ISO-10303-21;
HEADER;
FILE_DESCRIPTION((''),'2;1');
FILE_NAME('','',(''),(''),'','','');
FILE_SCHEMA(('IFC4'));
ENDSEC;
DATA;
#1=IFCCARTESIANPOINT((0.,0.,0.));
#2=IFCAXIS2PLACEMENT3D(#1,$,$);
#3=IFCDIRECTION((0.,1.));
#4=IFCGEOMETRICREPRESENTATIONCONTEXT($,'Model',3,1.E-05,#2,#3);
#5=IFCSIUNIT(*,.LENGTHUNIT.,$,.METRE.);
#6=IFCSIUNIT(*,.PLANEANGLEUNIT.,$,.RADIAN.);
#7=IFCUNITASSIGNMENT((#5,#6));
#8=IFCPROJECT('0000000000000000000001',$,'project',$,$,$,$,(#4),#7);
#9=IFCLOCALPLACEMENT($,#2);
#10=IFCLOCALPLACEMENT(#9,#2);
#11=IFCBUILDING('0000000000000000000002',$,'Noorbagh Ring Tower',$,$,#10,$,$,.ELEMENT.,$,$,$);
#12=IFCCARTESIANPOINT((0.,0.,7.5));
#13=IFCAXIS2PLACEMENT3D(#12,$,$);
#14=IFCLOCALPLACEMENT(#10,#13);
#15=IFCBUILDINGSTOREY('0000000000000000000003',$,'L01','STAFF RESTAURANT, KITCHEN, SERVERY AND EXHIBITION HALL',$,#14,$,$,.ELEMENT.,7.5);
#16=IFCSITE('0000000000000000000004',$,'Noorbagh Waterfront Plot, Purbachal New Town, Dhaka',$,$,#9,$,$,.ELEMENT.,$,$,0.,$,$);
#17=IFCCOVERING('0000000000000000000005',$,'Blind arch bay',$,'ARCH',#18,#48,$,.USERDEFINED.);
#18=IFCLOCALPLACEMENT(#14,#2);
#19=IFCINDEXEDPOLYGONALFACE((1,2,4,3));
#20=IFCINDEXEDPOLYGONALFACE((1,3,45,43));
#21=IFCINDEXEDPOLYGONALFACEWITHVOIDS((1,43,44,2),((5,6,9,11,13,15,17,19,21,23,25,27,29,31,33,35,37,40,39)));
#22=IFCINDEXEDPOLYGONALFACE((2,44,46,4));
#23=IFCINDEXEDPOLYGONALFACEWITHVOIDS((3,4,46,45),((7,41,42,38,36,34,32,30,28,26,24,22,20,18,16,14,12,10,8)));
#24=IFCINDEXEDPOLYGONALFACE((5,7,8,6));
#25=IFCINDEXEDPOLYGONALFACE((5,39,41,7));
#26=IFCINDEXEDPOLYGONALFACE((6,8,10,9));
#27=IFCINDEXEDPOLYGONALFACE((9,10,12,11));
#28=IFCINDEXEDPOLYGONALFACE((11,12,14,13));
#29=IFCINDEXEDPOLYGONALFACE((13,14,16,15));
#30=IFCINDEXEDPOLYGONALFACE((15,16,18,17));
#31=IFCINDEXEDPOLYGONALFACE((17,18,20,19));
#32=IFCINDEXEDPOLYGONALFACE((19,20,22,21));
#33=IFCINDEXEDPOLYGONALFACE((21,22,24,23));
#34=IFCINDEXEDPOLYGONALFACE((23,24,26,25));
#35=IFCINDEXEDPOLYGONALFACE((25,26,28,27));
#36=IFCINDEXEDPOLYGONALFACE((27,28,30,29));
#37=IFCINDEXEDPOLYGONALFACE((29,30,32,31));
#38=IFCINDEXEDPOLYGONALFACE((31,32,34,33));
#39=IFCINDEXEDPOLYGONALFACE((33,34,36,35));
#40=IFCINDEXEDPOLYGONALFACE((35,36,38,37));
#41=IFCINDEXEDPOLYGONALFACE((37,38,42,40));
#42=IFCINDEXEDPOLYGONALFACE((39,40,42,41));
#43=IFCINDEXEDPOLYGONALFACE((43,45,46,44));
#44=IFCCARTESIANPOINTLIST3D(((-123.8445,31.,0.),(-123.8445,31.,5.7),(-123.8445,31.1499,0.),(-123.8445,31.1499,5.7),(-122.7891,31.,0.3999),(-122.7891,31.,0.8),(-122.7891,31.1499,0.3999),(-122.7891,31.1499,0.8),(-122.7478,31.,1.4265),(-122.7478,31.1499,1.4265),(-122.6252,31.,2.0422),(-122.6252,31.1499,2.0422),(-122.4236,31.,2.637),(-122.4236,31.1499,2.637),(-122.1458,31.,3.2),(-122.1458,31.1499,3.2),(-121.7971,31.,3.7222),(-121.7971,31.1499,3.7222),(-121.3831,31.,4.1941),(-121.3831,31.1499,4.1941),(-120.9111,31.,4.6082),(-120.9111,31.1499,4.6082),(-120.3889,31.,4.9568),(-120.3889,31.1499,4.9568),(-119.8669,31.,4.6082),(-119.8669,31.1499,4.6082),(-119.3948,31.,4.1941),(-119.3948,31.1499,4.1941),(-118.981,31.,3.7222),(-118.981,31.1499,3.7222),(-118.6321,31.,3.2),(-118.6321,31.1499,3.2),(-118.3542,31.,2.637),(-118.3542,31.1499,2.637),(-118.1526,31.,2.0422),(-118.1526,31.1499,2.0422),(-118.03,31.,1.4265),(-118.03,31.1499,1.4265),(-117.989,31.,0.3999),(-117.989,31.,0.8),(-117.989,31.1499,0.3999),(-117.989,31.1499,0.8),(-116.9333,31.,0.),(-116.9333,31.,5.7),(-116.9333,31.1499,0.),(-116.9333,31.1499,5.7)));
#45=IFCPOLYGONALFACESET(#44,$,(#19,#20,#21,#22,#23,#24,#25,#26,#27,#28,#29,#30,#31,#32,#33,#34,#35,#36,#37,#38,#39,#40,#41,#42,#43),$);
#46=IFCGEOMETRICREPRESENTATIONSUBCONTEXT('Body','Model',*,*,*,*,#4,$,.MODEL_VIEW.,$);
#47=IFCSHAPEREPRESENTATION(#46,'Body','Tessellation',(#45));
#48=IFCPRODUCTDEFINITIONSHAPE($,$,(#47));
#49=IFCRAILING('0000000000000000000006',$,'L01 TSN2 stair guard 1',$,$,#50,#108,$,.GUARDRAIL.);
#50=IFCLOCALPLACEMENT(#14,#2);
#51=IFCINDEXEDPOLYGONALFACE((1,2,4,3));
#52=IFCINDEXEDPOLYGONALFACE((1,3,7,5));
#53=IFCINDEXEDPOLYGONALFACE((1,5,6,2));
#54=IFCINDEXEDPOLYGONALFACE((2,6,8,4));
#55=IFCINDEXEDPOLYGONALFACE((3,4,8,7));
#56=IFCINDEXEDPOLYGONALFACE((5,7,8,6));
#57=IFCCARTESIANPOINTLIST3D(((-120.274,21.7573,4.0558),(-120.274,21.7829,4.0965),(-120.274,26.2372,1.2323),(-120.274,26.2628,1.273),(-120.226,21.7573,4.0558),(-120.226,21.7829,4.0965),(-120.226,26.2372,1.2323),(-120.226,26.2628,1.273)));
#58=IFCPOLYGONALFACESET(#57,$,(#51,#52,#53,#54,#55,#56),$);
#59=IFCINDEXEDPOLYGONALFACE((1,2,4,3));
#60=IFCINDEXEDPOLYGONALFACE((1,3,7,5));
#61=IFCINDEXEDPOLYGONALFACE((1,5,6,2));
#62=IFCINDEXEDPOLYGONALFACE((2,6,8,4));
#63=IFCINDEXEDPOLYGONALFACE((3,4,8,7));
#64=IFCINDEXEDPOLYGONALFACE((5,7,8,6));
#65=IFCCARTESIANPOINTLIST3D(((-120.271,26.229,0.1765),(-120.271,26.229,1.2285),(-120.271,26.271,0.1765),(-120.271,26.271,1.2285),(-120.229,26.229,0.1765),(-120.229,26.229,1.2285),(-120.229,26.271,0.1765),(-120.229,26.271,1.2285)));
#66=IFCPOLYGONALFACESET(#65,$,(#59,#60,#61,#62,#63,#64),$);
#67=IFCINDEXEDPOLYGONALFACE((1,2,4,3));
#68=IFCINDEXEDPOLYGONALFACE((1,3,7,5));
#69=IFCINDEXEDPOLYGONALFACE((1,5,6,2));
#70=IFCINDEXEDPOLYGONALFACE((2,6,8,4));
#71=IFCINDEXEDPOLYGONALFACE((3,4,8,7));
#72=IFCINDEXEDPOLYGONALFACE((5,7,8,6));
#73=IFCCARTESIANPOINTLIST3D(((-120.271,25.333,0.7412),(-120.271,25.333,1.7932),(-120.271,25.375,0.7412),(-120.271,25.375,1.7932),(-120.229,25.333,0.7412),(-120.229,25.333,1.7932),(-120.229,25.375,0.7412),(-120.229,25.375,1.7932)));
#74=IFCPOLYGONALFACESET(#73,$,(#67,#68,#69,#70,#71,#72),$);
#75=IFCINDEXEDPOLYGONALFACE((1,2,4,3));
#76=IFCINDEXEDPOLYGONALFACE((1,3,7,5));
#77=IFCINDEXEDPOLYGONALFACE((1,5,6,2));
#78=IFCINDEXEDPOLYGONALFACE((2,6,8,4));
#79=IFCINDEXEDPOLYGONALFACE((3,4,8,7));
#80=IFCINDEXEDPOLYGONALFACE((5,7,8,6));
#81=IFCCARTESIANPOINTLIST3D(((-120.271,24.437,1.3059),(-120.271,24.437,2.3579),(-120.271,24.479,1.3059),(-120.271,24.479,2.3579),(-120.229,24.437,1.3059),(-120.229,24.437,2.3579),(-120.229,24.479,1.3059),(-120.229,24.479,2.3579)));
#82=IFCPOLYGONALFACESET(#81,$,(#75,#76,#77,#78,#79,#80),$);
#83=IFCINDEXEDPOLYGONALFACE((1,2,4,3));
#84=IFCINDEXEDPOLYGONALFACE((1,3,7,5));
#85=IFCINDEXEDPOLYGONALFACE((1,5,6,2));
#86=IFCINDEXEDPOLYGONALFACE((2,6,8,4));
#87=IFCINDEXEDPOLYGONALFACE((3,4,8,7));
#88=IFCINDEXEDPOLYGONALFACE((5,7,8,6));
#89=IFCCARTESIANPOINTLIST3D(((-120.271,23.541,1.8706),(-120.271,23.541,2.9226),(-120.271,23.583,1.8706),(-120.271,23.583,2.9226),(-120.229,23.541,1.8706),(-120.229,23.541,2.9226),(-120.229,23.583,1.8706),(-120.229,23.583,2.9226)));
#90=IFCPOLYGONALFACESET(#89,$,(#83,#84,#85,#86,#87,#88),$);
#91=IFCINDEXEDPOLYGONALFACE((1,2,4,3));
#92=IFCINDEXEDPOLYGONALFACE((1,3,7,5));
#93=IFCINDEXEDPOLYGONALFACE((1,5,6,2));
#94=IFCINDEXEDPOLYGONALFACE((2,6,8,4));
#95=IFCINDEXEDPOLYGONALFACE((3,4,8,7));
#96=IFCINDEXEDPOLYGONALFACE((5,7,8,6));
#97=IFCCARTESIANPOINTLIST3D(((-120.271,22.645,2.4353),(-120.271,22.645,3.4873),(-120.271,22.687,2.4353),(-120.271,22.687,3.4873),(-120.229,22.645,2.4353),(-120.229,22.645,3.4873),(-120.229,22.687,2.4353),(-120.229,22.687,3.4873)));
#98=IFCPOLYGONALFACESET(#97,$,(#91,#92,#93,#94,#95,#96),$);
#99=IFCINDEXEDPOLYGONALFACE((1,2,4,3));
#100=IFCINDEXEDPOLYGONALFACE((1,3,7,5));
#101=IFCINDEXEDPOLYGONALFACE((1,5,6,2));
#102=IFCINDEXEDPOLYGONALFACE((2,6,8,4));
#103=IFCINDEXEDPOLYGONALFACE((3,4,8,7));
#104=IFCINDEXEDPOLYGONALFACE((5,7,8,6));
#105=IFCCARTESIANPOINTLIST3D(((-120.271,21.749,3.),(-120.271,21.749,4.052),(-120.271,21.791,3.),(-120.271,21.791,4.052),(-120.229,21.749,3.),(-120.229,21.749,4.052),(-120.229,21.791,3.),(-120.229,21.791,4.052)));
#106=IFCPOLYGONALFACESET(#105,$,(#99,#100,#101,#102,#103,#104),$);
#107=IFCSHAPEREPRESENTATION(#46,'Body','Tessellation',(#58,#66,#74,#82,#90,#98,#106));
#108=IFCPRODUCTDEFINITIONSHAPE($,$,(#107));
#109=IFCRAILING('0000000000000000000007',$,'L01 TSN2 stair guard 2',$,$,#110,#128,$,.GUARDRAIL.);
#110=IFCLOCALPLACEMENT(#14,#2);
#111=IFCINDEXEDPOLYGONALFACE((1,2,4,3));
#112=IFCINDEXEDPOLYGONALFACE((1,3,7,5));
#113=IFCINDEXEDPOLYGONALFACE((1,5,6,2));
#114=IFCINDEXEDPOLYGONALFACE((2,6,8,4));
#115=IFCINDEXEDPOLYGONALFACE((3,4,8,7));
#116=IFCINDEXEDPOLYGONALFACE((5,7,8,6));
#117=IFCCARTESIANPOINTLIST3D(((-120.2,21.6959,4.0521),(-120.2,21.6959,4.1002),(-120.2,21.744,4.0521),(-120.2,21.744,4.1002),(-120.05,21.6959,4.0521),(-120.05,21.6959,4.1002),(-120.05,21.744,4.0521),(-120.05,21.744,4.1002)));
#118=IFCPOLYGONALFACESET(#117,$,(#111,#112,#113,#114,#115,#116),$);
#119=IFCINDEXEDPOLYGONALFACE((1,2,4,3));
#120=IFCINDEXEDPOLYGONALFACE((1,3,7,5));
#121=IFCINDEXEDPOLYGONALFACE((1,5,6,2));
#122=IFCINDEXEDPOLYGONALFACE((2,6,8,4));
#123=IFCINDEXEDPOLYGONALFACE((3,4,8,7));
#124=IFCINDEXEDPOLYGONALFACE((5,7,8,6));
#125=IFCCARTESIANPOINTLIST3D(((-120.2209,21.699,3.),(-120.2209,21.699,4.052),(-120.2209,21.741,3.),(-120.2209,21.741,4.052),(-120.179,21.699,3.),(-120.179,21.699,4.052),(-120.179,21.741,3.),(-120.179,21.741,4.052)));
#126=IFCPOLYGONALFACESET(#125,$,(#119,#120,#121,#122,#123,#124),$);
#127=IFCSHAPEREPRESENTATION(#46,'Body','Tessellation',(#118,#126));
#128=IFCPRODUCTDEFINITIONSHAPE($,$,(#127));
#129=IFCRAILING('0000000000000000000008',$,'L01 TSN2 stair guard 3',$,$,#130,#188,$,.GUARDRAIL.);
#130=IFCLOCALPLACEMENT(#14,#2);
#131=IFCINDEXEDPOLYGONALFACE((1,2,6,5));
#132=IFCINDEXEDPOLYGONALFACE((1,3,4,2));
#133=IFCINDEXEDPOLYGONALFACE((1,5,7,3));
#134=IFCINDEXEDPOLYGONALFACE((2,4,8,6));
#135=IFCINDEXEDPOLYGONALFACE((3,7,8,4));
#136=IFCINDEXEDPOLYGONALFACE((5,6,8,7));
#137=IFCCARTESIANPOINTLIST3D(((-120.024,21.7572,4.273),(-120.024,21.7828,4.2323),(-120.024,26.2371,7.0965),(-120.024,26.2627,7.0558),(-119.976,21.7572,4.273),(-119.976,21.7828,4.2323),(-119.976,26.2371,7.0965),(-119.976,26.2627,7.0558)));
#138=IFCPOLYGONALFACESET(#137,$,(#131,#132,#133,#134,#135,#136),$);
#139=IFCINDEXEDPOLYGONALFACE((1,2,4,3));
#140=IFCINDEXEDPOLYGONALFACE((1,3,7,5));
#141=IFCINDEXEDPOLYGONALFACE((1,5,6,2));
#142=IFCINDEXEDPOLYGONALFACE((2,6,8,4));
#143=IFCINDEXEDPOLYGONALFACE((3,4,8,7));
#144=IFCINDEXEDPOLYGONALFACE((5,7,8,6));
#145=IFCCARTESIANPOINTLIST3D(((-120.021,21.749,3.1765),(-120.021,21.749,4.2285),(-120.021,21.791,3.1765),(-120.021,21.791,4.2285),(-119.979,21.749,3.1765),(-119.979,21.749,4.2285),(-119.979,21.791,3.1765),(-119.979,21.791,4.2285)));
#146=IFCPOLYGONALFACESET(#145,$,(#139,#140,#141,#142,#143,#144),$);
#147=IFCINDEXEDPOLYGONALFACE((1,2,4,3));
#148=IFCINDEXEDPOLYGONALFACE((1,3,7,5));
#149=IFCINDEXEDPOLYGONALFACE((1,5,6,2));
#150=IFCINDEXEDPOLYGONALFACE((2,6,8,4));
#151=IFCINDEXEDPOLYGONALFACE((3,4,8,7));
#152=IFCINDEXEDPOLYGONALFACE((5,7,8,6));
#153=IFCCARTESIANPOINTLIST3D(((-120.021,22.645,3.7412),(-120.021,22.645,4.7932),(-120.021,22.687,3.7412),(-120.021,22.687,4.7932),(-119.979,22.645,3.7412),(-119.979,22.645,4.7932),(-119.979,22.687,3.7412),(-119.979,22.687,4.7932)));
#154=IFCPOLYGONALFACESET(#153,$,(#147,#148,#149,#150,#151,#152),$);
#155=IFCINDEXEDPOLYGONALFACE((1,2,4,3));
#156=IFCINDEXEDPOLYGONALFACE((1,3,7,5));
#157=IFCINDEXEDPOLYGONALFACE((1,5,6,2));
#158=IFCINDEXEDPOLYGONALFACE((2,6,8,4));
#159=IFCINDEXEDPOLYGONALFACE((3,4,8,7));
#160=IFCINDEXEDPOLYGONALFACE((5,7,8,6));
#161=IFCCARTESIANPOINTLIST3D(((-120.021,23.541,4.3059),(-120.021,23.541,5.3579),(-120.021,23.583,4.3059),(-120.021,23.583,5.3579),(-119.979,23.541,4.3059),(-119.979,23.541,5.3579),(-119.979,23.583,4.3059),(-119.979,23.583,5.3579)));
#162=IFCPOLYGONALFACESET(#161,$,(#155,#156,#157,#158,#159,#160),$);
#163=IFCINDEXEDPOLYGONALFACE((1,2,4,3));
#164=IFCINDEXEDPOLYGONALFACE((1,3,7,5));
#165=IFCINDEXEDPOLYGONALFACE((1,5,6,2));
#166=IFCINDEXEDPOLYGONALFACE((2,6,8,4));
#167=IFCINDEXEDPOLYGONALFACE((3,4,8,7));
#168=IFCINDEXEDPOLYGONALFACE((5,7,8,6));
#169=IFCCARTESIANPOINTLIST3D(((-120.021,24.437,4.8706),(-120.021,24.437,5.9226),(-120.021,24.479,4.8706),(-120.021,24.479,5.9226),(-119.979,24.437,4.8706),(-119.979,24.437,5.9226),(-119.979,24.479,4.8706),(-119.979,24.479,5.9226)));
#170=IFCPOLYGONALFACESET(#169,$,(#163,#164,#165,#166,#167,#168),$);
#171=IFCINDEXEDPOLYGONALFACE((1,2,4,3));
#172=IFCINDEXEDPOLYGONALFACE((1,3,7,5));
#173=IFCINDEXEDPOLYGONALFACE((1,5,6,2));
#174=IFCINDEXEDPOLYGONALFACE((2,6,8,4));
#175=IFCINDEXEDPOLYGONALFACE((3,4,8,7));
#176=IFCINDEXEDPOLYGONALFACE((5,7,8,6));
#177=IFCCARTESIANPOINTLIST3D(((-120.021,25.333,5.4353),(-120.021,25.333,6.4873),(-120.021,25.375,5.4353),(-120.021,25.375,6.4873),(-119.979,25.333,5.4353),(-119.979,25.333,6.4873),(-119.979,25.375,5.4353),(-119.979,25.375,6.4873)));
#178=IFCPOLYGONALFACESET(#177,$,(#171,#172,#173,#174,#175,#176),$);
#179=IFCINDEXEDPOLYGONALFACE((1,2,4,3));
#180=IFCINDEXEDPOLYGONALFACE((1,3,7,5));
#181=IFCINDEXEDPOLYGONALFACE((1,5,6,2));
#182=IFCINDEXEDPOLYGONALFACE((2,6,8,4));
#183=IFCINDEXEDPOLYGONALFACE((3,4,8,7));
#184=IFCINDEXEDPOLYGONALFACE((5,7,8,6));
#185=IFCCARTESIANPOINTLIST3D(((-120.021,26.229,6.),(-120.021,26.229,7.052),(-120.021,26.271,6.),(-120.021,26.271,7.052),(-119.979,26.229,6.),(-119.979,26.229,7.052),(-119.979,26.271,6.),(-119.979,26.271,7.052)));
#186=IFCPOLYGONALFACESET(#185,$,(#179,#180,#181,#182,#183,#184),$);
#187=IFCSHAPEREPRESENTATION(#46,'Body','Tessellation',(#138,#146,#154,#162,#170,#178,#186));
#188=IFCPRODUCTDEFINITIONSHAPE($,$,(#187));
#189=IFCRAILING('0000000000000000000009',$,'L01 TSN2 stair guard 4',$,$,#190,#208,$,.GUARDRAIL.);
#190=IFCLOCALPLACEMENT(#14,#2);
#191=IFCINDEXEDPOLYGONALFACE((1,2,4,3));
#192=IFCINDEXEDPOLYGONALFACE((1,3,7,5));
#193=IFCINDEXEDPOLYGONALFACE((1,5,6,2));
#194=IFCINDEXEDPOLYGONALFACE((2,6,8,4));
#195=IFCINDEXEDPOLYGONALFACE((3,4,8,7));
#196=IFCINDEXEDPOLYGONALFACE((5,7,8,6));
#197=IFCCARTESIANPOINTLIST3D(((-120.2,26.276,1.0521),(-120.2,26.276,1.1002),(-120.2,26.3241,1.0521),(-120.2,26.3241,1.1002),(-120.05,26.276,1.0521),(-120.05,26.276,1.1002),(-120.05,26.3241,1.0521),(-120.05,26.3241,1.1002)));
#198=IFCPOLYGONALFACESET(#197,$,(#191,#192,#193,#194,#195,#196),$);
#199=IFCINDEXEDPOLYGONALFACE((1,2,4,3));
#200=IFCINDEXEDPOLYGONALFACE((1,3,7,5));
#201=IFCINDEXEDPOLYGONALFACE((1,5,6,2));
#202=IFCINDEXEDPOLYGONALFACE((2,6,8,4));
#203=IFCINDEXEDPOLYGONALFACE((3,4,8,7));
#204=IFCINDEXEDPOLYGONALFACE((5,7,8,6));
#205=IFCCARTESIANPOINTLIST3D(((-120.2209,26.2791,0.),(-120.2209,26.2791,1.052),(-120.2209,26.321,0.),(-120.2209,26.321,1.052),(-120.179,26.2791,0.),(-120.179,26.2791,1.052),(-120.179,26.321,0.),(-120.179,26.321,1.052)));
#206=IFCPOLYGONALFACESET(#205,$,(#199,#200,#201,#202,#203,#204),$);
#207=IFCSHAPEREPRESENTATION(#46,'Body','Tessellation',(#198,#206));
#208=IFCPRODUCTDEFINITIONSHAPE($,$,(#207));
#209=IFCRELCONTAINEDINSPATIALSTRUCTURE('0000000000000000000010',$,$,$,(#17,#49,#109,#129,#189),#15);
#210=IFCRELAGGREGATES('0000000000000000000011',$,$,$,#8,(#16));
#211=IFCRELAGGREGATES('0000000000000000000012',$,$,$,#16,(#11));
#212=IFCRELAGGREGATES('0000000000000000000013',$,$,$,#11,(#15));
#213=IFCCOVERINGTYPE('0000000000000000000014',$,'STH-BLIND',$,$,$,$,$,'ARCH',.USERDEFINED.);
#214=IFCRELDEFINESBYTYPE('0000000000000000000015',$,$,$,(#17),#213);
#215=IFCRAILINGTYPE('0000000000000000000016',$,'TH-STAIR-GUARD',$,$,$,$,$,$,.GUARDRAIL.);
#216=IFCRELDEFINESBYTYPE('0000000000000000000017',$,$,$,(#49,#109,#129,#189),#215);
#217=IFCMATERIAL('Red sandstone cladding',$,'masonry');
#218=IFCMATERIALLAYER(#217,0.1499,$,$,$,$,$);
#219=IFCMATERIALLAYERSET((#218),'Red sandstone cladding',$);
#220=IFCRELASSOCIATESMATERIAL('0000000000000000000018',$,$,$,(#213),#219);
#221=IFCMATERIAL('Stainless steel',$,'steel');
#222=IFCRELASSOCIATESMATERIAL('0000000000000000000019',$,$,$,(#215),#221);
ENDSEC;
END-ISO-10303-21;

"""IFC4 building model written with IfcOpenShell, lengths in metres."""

from ifc_helpers import new_model, si_unit, direction, frame, origin, origin_2d, place, context, subcontext, project, spatial, polyline, rectangle, outline, extrude, material, layer, layer_set, type_object, element, save


model = new_model("IFC4")

# Units and contexts
model_context = context("Model", 3, precision=1e-05, world=origin(), true_north=direction((0.0, 1.0)))
body_context = subcontext(model_context, "Body", "Model", "MODEL_VIEW")
ifc_project = project(units=[si_unit("LENGTHUNIT", "METRE"), si_unit("PLANEANGLEUNIT", "RADIAN")], contexts=[model_context])

# Site, building, storey
site_placement = place(None, origin())
site = spatial("IfcSite", under=ifc_project, at=site_placement, Name="Noorbagh Waterfront Plot, Purbachal New Town, Dhaka", CompositionType="ELEMENT", RefElevation=0.0)
building_placement = place(site_placement, origin())
building = spatial("IfcBuilding", under=site, at=building_placement, Name="Noorbagh Ring Tower", CompositionType="ELEMENT")
storey_placement = place(building_placement, frame((0.0, 0.0, 7.5)))
storey = spatial("IfcBuildingStorey", under=building, at=storey_placement, Name="L01", Description="STAFF RESTAURANT, KITCHEN, SERVERY AND EXHIBITION HALL", CompositionType="ELEMENT", Elevation=7.5)

# Covering
ifc_material_1 = material(Name="Red sandstone cladding", Category="masonry")
ifc_layer_1 = layer(ifc_material_1, 0.1499)
ifc_layer_set_1 = layer_set([ifc_layer_1], Name="Red sandstone cladding")
covering_type = type_object("IfcCoveringType", Name="STH-BLIND", ElementType="ARCH", PredefinedType="USERDEFINED", material=ifc_layer_set_1)
for number, where, z_axis, x_axis, name in (
    (1, (-116.9333, 31.1499, 0.0), (0.0, 1.0, 0.0), (-1.0, 0.0, 0.0), "Blind arch bay"),
):
    element("IfcCovering", number, at=place(storey_placement, frame(where, z_axis=z_axis, x_axis=x_axis)), inside=storey, type_object=covering_type, Name=name, ObjectType="ARCH", PredefinedType="USERDEFINED", context=body_context, shape_type="SweptSolid", body=[
        extrude(outline(polyline([(0.0, 0.0), (6.9111, 0.0), (6.9111, 5.7), (0.0, 5.7), (0.0, 0.0)]), holes=[polyline([(1.0557, 0.3999), (1.0557, 0.8), (1.0967, 1.4265), (1.2192, 2.0422), (1.4209, 2.637), (1.6987, 3.2), (2.0476, 3.7222), (2.4614, 4.1941), (2.9336, 4.6082), (3.4556, 4.9568), (3.9778, 4.6082), (4.4497, 4.1941), (4.8638, 3.7222), (5.2124, 3.2), (5.4902, 2.637), (5.6919, 2.0422), (5.8145, 1.4265), (5.8557, 0.8), (5.8557, 0.3999), (1.0557, 0.3999)])]), origin(), (0.0, 0.0, -1.0), 0.1499),
    ])

# Railings
ifc_material_2 = material(Name="Stainless steel", Category="steel")
railing_type_1 = type_object("IfcRailingType", Name="TH-STAIR-GUARD", PredefinedType="GUARDRAIL", material=ifc_material_2)
railing_1_placement = place(storey_placement, frame((-120.25, 26.25, 0.1765)))
element("IfcRailing", 2, at=railing_1_placement, inside=storey, type_object=railing_type_1, Name="L01 TSN2 stair guard 1", PredefinedType="GUARDRAIL", context=body_context, shape_type="SweptSolid", body=[
    extrude(rectangle(XDim=0.0481, YDim=0.0481, at=origin_2d()), frame((0.0, 0.0, 1.0762), z_axis=(0.0, -0.845998, 0.533186), x_axis=(1.0, 0.0, 0.0)), (0.0, 0.0, 1.0), 5.2954),
    extrude(rectangle(XDim=0.042, YDim=0.042, at=origin_2d()), origin(), (0.0, 0.0, 1.0), 1.052),
    extrude(rectangle(XDim=0.042, YDim=0.042, at=origin_2d()), frame((0.0, -0.896, 0.5647)), (0.0, 0.0, 1.0), 1.052),
    extrude(rectangle(XDim=0.042, YDim=0.042, at=origin_2d()), frame((0.0, -1.792, 1.1294)), (0.0, 0.0, 1.0), 1.052),
    extrude(rectangle(XDim=0.042, YDim=0.042, at=origin_2d()), frame((0.0, -2.688, 1.6941)), (0.0, 0.0, 1.0), 1.052),
    extrude(rectangle(XDim=0.042, YDim=0.042, at=origin_2d()), frame((0.0, -3.584, 2.2588)), (0.0, 0.0, 1.0), 1.052),
    extrude(rectangle(XDim=0.042, YDim=0.042, at=origin_2d()), frame((0.0, -4.48, 2.8235)), (0.0, 0.0, 1.0), 1.052),
])
railing_2_placement = place(storey_placement, frame((-120.2, 21.72, 3.0)))
element("IfcRailing", 3, at=railing_2_placement, inside=storey, type_object=railing_type_1, Name="L01 TSN2 stair guard 2", PredefinedType="GUARDRAIL", context=body_context, shape_type="SweptSolid", body=[
    extrude(rectangle(XDim=0.0481, YDim=0.0481, at=origin_2d()), frame((0.0, 0.0, 1.0762), z_axis=(1.0, 0.0, 0.0), x_axis=(0.0, 1.0, 0.0)), (0.0, 0.0, 1.0), 0.1499),
    extrude(rectangle(XDim=0.042, YDim=0.042, at=origin_2d()), origin(), (0.0, 0.0, 1.0), 1.052),
])
railing_3_placement = place(storey_placement, frame((-120.0, 21.77, 3.1765)))
element("IfcRailing", 4, at=railing_3_placement, inside=storey, type_object=railing_type_1, Name="L01 TSN2 stair guard 3", PredefinedType="GUARDRAIL", context=body_context, shape_type="SweptSolid", body=[
    extrude(rectangle(XDim=0.0481, YDim=0.0481, at=origin_2d()), frame((0.0, 0.0, 1.0762), z_axis=(0.0, 0.845998, 0.533186), x_axis=(-1.0, 0.0, 0.0)), (0.0, 0.0, 1.0), 5.2954),
    extrude(rectangle(XDim=0.042, YDim=0.042, at=origin_2d()), origin(), (0.0, 0.0, 1.0), 1.052),
    extrude(rectangle(XDim=0.042, YDim=0.042, at=origin_2d()), frame((0.0, 0.896, 0.5647)), (0.0, 0.0, 1.0), 1.052),
    extrude(rectangle(XDim=0.042, YDim=0.042, at=origin_2d()), frame((0.0, 1.792, 1.1294)), (0.0, 0.0, 1.0), 1.052),
    extrude(rectangle(XDim=0.042, YDim=0.042, at=origin_2d()), frame((0.0, 2.688, 1.6941)), (0.0, 0.0, 1.0), 1.052),
    extrude(rectangle(XDim=0.042, YDim=0.042, at=origin_2d()), frame((0.0, 3.584, 2.2588)), (0.0, 0.0, 1.0), 1.052),
    extrude(rectangle(XDim=0.042, YDim=0.042, at=origin_2d()), frame((0.0, 4.48, 2.8235)), (0.0, 0.0, 1.0), 1.052),
])
railing_4_placement = place(storey_placement, frame((-120.2, 26.3, 0.0)))
element("IfcRailing", 5, at=railing_4_placement, inside=storey, type_object=railing_type_1, Name="L01 TSN2 stair guard 4", PredefinedType="GUARDRAIL", context=body_context, shape_type="SweptSolid", body=[
    extrude(rectangle(XDim=0.0481, YDim=0.0481, at=origin_2d()), frame((0.0, 0.0, 1.0762), z_axis=(1.0, 0.0, 0.0), x_axis=(0.0, 1.0, 0.0)), (0.0, 0.0, 1.0), 0.1499),
    extrude(rectangle(XDim=0.042, YDim=0.042, at=origin_2d()), origin(), (0.0, 0.0, 1.0), 1.052),
])

save(model, "model.ifc")
